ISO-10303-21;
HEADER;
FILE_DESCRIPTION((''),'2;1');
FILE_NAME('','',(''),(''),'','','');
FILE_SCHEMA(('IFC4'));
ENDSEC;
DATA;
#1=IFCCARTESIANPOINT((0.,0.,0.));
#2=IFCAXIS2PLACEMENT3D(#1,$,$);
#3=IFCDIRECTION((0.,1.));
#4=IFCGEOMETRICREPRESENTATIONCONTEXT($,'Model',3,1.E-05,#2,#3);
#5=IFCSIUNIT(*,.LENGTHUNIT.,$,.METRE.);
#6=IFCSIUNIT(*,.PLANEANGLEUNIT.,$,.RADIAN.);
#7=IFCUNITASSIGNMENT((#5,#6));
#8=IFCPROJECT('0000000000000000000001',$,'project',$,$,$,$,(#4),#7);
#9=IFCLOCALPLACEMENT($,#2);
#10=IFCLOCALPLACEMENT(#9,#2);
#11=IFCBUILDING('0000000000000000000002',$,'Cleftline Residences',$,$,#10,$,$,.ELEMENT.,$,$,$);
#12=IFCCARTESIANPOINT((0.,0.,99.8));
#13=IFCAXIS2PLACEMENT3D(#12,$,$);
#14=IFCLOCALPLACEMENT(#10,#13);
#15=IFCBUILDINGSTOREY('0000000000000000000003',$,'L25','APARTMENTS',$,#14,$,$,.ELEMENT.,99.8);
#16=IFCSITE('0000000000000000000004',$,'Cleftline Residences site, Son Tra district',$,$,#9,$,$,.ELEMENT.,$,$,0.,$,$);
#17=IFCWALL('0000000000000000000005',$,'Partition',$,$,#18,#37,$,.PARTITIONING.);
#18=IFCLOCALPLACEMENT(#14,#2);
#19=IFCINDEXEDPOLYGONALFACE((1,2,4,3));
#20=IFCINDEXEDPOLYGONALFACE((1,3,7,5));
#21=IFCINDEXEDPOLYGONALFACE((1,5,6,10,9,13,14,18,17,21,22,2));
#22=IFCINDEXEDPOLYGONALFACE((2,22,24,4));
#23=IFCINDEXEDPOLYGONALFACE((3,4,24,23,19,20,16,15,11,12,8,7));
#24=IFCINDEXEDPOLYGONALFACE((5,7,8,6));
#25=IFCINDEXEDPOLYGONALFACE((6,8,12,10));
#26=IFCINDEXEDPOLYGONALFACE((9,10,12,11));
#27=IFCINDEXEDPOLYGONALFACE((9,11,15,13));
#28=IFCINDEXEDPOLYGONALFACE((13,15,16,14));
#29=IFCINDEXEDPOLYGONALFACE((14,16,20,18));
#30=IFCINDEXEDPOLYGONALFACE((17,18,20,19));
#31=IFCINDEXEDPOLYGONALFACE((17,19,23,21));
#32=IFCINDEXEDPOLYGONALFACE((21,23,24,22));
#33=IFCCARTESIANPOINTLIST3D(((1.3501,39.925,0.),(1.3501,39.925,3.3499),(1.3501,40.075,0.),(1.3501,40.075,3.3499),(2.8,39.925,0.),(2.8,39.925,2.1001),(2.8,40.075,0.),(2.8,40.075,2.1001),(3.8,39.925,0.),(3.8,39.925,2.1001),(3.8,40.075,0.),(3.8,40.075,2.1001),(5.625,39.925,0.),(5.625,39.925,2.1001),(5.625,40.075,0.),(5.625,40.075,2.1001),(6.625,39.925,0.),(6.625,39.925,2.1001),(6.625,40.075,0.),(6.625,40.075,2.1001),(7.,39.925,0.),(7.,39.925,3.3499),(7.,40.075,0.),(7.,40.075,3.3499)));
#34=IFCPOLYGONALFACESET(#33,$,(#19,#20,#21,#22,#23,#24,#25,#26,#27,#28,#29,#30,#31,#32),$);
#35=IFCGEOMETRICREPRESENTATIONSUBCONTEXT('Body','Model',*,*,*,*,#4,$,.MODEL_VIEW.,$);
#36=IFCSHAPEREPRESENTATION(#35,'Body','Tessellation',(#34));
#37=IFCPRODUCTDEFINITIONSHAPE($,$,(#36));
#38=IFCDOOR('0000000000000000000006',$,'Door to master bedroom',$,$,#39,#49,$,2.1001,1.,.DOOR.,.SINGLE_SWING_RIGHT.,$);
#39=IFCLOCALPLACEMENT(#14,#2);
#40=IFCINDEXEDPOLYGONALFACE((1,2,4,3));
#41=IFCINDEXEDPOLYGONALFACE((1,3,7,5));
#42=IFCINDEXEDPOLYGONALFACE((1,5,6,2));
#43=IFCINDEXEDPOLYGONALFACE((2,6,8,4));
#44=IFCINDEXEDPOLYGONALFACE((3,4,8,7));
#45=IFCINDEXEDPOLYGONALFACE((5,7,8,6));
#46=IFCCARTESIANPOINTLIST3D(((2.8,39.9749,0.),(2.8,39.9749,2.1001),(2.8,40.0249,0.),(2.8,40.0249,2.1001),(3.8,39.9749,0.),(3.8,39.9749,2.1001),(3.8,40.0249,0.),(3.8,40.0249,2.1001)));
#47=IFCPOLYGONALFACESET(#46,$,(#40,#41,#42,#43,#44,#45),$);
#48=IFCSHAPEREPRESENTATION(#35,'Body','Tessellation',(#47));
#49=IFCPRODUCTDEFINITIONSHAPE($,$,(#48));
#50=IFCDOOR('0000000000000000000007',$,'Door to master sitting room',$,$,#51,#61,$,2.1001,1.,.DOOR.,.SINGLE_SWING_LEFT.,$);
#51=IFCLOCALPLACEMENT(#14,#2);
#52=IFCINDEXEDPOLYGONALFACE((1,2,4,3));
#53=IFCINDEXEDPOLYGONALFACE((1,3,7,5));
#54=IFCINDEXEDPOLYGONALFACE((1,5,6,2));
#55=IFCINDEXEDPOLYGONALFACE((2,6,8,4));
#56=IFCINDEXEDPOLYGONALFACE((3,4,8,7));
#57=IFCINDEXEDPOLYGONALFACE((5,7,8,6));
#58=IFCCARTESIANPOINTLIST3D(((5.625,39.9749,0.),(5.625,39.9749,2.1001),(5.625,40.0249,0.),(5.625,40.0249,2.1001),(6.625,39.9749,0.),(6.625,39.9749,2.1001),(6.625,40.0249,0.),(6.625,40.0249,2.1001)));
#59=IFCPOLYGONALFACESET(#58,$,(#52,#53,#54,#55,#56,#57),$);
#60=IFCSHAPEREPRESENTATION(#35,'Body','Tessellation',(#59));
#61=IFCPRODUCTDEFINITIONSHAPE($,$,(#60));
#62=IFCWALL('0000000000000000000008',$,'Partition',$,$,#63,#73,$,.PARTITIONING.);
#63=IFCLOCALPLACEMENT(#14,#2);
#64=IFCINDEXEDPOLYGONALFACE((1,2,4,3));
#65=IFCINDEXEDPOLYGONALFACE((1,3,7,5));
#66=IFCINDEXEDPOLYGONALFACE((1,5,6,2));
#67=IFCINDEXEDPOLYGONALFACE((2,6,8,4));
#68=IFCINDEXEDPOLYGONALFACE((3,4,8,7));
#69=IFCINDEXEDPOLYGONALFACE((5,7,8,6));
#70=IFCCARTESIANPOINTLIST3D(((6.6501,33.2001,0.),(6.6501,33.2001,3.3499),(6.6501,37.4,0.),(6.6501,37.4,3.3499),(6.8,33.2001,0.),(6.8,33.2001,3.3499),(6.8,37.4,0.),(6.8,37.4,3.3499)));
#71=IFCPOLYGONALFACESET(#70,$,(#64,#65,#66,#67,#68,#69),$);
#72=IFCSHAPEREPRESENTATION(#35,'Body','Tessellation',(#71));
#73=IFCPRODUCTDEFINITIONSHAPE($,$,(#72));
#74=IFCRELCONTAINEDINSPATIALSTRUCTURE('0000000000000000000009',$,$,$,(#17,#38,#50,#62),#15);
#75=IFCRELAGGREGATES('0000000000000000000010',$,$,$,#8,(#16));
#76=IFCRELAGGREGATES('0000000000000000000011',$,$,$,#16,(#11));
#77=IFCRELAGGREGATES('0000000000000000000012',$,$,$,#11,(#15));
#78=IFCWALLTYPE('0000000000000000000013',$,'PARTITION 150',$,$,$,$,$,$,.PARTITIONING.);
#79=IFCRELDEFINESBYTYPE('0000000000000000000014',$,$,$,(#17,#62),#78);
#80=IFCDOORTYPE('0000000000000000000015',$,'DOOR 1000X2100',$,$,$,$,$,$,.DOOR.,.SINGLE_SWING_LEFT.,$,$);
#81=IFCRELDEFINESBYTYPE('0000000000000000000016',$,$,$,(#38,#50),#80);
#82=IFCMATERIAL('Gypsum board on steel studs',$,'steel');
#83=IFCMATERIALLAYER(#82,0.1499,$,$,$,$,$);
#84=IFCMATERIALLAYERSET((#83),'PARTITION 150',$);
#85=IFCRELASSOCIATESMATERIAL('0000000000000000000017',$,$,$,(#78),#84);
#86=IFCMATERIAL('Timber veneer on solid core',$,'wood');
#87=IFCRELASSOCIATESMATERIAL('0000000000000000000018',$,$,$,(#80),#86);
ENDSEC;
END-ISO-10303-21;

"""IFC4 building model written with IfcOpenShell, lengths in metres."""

from ifc_helpers import new_model, si_unit, direction, frame, frame_2d, origin, place, context, subcontext, project, spatial, rectangle, extrude, material, layer, layer_set, type_object, element, fill, save


model = new_model("IFC4")

# Units and contexts
model_context = context("Model", 3, precision=1e-05, world=origin(), true_north=direction((0.0, 1.0)))
body_context = subcontext(model_context, "Body", "Model", "MODEL_VIEW")
ifc_project = project(units=[si_unit("LENGTHUNIT", "METRE"), si_unit("PLANEANGLEUNIT", "RADIAN")], contexts=[model_context])

# Site, building, storey
site_placement = place(None, origin())
site = spatial("IfcSite", under=ifc_project, at=site_placement, Name="Cleftline Residences site, Son Tra district", CompositionType="ELEMENT", RefElevation=0.0)
building_placement = place(site_placement, origin())
building = spatial("IfcBuilding", under=site, at=building_placement, Name="Cleftline Residences", CompositionType="ELEMENT")
storey_placement = place(building_placement, frame((0.0, 0.0, 99.8)))
storey = spatial("IfcBuildingStorey", under=building, at=storey_placement, Name="L25", Description="APARTMENTS", CompositionType="ELEMENT", Elevation=99.8)

# Wall, openings, doors
ifc_material_1 = material(Name="Gypsum board on steel studs", Category="steel")
ifc_layer = layer(ifc_material_1, 0.1499)
ifc_layer_set = layer_set([ifc_layer], Name="PARTITION 150")
wall_type = type_object("IfcWallType", Name="PARTITION 150", PredefinedType="PARTITIONING", material=ifc_layer_set)
ifc_material_2 = material(Name="Timber veneer on solid core", Category="wood")
door_type_1 = type_object("IfcDoorType", Name="DOOR 1000X2100", OperationType="SINGLE_SWING_LEFT", PredefinedType="DOOR", material=ifc_material_2)
wall_1_placement = place(storey_placement, frame((1.3501, 40.0, 0.0), z_axis=(0.0, 0.0, 1.0), x_axis=(1.0, 0.0, 0.0)))
wall_1 = element("IfcWall", 1, at=wall_1_placement, inside=storey, type_object=wall_type, Name="Partition", PredefinedType="PARTITIONING", context=body_context, shape_type="SweptSolid", body=[
    extrude(rectangle(XDim=5.6499, YDim=0.1499, at=frame_2d((2.825, 0.0))), origin(), (0.0, 0.0, 1.0), 3.3499),
])
opening_1_placement = place(wall_1_placement, frame((1.45, 0.0, 0.0)))
opening_1 = element("IfcOpeningElement", 2, at=opening_1_placement, cuts=wall_1, PredefinedType="OPENING", context=body_context, shape_type="SweptSolid", body=[
    extrude(rectangle(XDim=1.0, YDim=2.1001, at=frame_2d((0.5, 1.05))), frame((0.0, 0.085, 0.0), z_axis=(0.0, -1.0, 0.0), x_axis=(1.0, 0.0, 0.0)), (0.0, 0.0, 1.0), 0.1699),
])
opening_2_placement = place(wall_1_placement, frame((4.2749, 0.0, 0.0)))
opening_2 = element("IfcOpeningElement", 3, at=opening_2_placement, cuts=wall_1, PredefinedType="OPENING", context=body_context, shape_type="SweptSolid", body=[
    extrude(rectangle(XDim=1.0, YDim=2.1001, at=frame_2d((0.5, 1.05))), frame((0.0, 0.085, 0.0), z_axis=(0.0, -1.0, 0.0), x_axis=(1.0, 0.0, 0.0)), (0.0, 0.0, 1.0), 0.1699),
])
door_1_placement = place(opening_1_placement, origin())
door_1 = element("IfcDoor", 4, at=door_1_placement, inside=storey, type_object=door_type_1, Name="Door to master bedroom", OperationType="SINGLE_SWING_RIGHT", OverallHeight=2.1001, OverallWidth=1.0, PredefinedType="DOOR", context=body_context, shape_type="SweptSolid", body=[
    extrude(rectangle(XDim=1.0, YDim=2.1001, at=frame_2d((0.5, 1.05))), frame((0.0, 0.0249, 0.0), z_axis=(0.0, -1.0, 0.0), x_axis=(1.0, 0.0, 0.0)), (0.0, 0.0, 1.0), 0.05),
])
fill(opening_1, door_1)
door_2_placement = place(opening_2_placement, origin())
door_2 = element("IfcDoor", 5, at=door_2_placement, inside=storey, type_object=door_type_1, Name="Door to master sitting room", OperationType="SINGLE_SWING_LEFT", OverallHeight=2.1001, OverallWidth=1.0, PredefinedType="DOOR", context=body_context, shape_type="SweptSolid", body=[
    extrude(rectangle(XDim=1.0, YDim=2.1001, at=frame_2d((0.5, 1.05))), frame((0.0, 0.0249, 0.0), z_axis=(0.0, -1.0, 0.0), x_axis=(1.0, 0.0, 0.0)), (0.0, 0.0, 1.0), 0.05),
])
fill(opening_2, door_2)

# Wall
wall_2_placement = place(storey_placement, frame((6.7251, 33.2, 0.0), z_axis=(0.0, 0.0, 1.0), x_axis=(0.0, 1.0, 0.0)))
element("IfcWall", 6, at=wall_2_placement, inside=storey, type_object=wall_type, Name="Partition", PredefinedType="PARTITIONING", context=body_context, shape_type="SweptSolid", body=[
    extrude(rectangle(XDim=4.2, YDim=0.1499, at=frame_2d((2.1001, 0.0))), origin(), (0.0, 0.0, 1.0), 3.3499),
])

save(model, "model.ifc")
